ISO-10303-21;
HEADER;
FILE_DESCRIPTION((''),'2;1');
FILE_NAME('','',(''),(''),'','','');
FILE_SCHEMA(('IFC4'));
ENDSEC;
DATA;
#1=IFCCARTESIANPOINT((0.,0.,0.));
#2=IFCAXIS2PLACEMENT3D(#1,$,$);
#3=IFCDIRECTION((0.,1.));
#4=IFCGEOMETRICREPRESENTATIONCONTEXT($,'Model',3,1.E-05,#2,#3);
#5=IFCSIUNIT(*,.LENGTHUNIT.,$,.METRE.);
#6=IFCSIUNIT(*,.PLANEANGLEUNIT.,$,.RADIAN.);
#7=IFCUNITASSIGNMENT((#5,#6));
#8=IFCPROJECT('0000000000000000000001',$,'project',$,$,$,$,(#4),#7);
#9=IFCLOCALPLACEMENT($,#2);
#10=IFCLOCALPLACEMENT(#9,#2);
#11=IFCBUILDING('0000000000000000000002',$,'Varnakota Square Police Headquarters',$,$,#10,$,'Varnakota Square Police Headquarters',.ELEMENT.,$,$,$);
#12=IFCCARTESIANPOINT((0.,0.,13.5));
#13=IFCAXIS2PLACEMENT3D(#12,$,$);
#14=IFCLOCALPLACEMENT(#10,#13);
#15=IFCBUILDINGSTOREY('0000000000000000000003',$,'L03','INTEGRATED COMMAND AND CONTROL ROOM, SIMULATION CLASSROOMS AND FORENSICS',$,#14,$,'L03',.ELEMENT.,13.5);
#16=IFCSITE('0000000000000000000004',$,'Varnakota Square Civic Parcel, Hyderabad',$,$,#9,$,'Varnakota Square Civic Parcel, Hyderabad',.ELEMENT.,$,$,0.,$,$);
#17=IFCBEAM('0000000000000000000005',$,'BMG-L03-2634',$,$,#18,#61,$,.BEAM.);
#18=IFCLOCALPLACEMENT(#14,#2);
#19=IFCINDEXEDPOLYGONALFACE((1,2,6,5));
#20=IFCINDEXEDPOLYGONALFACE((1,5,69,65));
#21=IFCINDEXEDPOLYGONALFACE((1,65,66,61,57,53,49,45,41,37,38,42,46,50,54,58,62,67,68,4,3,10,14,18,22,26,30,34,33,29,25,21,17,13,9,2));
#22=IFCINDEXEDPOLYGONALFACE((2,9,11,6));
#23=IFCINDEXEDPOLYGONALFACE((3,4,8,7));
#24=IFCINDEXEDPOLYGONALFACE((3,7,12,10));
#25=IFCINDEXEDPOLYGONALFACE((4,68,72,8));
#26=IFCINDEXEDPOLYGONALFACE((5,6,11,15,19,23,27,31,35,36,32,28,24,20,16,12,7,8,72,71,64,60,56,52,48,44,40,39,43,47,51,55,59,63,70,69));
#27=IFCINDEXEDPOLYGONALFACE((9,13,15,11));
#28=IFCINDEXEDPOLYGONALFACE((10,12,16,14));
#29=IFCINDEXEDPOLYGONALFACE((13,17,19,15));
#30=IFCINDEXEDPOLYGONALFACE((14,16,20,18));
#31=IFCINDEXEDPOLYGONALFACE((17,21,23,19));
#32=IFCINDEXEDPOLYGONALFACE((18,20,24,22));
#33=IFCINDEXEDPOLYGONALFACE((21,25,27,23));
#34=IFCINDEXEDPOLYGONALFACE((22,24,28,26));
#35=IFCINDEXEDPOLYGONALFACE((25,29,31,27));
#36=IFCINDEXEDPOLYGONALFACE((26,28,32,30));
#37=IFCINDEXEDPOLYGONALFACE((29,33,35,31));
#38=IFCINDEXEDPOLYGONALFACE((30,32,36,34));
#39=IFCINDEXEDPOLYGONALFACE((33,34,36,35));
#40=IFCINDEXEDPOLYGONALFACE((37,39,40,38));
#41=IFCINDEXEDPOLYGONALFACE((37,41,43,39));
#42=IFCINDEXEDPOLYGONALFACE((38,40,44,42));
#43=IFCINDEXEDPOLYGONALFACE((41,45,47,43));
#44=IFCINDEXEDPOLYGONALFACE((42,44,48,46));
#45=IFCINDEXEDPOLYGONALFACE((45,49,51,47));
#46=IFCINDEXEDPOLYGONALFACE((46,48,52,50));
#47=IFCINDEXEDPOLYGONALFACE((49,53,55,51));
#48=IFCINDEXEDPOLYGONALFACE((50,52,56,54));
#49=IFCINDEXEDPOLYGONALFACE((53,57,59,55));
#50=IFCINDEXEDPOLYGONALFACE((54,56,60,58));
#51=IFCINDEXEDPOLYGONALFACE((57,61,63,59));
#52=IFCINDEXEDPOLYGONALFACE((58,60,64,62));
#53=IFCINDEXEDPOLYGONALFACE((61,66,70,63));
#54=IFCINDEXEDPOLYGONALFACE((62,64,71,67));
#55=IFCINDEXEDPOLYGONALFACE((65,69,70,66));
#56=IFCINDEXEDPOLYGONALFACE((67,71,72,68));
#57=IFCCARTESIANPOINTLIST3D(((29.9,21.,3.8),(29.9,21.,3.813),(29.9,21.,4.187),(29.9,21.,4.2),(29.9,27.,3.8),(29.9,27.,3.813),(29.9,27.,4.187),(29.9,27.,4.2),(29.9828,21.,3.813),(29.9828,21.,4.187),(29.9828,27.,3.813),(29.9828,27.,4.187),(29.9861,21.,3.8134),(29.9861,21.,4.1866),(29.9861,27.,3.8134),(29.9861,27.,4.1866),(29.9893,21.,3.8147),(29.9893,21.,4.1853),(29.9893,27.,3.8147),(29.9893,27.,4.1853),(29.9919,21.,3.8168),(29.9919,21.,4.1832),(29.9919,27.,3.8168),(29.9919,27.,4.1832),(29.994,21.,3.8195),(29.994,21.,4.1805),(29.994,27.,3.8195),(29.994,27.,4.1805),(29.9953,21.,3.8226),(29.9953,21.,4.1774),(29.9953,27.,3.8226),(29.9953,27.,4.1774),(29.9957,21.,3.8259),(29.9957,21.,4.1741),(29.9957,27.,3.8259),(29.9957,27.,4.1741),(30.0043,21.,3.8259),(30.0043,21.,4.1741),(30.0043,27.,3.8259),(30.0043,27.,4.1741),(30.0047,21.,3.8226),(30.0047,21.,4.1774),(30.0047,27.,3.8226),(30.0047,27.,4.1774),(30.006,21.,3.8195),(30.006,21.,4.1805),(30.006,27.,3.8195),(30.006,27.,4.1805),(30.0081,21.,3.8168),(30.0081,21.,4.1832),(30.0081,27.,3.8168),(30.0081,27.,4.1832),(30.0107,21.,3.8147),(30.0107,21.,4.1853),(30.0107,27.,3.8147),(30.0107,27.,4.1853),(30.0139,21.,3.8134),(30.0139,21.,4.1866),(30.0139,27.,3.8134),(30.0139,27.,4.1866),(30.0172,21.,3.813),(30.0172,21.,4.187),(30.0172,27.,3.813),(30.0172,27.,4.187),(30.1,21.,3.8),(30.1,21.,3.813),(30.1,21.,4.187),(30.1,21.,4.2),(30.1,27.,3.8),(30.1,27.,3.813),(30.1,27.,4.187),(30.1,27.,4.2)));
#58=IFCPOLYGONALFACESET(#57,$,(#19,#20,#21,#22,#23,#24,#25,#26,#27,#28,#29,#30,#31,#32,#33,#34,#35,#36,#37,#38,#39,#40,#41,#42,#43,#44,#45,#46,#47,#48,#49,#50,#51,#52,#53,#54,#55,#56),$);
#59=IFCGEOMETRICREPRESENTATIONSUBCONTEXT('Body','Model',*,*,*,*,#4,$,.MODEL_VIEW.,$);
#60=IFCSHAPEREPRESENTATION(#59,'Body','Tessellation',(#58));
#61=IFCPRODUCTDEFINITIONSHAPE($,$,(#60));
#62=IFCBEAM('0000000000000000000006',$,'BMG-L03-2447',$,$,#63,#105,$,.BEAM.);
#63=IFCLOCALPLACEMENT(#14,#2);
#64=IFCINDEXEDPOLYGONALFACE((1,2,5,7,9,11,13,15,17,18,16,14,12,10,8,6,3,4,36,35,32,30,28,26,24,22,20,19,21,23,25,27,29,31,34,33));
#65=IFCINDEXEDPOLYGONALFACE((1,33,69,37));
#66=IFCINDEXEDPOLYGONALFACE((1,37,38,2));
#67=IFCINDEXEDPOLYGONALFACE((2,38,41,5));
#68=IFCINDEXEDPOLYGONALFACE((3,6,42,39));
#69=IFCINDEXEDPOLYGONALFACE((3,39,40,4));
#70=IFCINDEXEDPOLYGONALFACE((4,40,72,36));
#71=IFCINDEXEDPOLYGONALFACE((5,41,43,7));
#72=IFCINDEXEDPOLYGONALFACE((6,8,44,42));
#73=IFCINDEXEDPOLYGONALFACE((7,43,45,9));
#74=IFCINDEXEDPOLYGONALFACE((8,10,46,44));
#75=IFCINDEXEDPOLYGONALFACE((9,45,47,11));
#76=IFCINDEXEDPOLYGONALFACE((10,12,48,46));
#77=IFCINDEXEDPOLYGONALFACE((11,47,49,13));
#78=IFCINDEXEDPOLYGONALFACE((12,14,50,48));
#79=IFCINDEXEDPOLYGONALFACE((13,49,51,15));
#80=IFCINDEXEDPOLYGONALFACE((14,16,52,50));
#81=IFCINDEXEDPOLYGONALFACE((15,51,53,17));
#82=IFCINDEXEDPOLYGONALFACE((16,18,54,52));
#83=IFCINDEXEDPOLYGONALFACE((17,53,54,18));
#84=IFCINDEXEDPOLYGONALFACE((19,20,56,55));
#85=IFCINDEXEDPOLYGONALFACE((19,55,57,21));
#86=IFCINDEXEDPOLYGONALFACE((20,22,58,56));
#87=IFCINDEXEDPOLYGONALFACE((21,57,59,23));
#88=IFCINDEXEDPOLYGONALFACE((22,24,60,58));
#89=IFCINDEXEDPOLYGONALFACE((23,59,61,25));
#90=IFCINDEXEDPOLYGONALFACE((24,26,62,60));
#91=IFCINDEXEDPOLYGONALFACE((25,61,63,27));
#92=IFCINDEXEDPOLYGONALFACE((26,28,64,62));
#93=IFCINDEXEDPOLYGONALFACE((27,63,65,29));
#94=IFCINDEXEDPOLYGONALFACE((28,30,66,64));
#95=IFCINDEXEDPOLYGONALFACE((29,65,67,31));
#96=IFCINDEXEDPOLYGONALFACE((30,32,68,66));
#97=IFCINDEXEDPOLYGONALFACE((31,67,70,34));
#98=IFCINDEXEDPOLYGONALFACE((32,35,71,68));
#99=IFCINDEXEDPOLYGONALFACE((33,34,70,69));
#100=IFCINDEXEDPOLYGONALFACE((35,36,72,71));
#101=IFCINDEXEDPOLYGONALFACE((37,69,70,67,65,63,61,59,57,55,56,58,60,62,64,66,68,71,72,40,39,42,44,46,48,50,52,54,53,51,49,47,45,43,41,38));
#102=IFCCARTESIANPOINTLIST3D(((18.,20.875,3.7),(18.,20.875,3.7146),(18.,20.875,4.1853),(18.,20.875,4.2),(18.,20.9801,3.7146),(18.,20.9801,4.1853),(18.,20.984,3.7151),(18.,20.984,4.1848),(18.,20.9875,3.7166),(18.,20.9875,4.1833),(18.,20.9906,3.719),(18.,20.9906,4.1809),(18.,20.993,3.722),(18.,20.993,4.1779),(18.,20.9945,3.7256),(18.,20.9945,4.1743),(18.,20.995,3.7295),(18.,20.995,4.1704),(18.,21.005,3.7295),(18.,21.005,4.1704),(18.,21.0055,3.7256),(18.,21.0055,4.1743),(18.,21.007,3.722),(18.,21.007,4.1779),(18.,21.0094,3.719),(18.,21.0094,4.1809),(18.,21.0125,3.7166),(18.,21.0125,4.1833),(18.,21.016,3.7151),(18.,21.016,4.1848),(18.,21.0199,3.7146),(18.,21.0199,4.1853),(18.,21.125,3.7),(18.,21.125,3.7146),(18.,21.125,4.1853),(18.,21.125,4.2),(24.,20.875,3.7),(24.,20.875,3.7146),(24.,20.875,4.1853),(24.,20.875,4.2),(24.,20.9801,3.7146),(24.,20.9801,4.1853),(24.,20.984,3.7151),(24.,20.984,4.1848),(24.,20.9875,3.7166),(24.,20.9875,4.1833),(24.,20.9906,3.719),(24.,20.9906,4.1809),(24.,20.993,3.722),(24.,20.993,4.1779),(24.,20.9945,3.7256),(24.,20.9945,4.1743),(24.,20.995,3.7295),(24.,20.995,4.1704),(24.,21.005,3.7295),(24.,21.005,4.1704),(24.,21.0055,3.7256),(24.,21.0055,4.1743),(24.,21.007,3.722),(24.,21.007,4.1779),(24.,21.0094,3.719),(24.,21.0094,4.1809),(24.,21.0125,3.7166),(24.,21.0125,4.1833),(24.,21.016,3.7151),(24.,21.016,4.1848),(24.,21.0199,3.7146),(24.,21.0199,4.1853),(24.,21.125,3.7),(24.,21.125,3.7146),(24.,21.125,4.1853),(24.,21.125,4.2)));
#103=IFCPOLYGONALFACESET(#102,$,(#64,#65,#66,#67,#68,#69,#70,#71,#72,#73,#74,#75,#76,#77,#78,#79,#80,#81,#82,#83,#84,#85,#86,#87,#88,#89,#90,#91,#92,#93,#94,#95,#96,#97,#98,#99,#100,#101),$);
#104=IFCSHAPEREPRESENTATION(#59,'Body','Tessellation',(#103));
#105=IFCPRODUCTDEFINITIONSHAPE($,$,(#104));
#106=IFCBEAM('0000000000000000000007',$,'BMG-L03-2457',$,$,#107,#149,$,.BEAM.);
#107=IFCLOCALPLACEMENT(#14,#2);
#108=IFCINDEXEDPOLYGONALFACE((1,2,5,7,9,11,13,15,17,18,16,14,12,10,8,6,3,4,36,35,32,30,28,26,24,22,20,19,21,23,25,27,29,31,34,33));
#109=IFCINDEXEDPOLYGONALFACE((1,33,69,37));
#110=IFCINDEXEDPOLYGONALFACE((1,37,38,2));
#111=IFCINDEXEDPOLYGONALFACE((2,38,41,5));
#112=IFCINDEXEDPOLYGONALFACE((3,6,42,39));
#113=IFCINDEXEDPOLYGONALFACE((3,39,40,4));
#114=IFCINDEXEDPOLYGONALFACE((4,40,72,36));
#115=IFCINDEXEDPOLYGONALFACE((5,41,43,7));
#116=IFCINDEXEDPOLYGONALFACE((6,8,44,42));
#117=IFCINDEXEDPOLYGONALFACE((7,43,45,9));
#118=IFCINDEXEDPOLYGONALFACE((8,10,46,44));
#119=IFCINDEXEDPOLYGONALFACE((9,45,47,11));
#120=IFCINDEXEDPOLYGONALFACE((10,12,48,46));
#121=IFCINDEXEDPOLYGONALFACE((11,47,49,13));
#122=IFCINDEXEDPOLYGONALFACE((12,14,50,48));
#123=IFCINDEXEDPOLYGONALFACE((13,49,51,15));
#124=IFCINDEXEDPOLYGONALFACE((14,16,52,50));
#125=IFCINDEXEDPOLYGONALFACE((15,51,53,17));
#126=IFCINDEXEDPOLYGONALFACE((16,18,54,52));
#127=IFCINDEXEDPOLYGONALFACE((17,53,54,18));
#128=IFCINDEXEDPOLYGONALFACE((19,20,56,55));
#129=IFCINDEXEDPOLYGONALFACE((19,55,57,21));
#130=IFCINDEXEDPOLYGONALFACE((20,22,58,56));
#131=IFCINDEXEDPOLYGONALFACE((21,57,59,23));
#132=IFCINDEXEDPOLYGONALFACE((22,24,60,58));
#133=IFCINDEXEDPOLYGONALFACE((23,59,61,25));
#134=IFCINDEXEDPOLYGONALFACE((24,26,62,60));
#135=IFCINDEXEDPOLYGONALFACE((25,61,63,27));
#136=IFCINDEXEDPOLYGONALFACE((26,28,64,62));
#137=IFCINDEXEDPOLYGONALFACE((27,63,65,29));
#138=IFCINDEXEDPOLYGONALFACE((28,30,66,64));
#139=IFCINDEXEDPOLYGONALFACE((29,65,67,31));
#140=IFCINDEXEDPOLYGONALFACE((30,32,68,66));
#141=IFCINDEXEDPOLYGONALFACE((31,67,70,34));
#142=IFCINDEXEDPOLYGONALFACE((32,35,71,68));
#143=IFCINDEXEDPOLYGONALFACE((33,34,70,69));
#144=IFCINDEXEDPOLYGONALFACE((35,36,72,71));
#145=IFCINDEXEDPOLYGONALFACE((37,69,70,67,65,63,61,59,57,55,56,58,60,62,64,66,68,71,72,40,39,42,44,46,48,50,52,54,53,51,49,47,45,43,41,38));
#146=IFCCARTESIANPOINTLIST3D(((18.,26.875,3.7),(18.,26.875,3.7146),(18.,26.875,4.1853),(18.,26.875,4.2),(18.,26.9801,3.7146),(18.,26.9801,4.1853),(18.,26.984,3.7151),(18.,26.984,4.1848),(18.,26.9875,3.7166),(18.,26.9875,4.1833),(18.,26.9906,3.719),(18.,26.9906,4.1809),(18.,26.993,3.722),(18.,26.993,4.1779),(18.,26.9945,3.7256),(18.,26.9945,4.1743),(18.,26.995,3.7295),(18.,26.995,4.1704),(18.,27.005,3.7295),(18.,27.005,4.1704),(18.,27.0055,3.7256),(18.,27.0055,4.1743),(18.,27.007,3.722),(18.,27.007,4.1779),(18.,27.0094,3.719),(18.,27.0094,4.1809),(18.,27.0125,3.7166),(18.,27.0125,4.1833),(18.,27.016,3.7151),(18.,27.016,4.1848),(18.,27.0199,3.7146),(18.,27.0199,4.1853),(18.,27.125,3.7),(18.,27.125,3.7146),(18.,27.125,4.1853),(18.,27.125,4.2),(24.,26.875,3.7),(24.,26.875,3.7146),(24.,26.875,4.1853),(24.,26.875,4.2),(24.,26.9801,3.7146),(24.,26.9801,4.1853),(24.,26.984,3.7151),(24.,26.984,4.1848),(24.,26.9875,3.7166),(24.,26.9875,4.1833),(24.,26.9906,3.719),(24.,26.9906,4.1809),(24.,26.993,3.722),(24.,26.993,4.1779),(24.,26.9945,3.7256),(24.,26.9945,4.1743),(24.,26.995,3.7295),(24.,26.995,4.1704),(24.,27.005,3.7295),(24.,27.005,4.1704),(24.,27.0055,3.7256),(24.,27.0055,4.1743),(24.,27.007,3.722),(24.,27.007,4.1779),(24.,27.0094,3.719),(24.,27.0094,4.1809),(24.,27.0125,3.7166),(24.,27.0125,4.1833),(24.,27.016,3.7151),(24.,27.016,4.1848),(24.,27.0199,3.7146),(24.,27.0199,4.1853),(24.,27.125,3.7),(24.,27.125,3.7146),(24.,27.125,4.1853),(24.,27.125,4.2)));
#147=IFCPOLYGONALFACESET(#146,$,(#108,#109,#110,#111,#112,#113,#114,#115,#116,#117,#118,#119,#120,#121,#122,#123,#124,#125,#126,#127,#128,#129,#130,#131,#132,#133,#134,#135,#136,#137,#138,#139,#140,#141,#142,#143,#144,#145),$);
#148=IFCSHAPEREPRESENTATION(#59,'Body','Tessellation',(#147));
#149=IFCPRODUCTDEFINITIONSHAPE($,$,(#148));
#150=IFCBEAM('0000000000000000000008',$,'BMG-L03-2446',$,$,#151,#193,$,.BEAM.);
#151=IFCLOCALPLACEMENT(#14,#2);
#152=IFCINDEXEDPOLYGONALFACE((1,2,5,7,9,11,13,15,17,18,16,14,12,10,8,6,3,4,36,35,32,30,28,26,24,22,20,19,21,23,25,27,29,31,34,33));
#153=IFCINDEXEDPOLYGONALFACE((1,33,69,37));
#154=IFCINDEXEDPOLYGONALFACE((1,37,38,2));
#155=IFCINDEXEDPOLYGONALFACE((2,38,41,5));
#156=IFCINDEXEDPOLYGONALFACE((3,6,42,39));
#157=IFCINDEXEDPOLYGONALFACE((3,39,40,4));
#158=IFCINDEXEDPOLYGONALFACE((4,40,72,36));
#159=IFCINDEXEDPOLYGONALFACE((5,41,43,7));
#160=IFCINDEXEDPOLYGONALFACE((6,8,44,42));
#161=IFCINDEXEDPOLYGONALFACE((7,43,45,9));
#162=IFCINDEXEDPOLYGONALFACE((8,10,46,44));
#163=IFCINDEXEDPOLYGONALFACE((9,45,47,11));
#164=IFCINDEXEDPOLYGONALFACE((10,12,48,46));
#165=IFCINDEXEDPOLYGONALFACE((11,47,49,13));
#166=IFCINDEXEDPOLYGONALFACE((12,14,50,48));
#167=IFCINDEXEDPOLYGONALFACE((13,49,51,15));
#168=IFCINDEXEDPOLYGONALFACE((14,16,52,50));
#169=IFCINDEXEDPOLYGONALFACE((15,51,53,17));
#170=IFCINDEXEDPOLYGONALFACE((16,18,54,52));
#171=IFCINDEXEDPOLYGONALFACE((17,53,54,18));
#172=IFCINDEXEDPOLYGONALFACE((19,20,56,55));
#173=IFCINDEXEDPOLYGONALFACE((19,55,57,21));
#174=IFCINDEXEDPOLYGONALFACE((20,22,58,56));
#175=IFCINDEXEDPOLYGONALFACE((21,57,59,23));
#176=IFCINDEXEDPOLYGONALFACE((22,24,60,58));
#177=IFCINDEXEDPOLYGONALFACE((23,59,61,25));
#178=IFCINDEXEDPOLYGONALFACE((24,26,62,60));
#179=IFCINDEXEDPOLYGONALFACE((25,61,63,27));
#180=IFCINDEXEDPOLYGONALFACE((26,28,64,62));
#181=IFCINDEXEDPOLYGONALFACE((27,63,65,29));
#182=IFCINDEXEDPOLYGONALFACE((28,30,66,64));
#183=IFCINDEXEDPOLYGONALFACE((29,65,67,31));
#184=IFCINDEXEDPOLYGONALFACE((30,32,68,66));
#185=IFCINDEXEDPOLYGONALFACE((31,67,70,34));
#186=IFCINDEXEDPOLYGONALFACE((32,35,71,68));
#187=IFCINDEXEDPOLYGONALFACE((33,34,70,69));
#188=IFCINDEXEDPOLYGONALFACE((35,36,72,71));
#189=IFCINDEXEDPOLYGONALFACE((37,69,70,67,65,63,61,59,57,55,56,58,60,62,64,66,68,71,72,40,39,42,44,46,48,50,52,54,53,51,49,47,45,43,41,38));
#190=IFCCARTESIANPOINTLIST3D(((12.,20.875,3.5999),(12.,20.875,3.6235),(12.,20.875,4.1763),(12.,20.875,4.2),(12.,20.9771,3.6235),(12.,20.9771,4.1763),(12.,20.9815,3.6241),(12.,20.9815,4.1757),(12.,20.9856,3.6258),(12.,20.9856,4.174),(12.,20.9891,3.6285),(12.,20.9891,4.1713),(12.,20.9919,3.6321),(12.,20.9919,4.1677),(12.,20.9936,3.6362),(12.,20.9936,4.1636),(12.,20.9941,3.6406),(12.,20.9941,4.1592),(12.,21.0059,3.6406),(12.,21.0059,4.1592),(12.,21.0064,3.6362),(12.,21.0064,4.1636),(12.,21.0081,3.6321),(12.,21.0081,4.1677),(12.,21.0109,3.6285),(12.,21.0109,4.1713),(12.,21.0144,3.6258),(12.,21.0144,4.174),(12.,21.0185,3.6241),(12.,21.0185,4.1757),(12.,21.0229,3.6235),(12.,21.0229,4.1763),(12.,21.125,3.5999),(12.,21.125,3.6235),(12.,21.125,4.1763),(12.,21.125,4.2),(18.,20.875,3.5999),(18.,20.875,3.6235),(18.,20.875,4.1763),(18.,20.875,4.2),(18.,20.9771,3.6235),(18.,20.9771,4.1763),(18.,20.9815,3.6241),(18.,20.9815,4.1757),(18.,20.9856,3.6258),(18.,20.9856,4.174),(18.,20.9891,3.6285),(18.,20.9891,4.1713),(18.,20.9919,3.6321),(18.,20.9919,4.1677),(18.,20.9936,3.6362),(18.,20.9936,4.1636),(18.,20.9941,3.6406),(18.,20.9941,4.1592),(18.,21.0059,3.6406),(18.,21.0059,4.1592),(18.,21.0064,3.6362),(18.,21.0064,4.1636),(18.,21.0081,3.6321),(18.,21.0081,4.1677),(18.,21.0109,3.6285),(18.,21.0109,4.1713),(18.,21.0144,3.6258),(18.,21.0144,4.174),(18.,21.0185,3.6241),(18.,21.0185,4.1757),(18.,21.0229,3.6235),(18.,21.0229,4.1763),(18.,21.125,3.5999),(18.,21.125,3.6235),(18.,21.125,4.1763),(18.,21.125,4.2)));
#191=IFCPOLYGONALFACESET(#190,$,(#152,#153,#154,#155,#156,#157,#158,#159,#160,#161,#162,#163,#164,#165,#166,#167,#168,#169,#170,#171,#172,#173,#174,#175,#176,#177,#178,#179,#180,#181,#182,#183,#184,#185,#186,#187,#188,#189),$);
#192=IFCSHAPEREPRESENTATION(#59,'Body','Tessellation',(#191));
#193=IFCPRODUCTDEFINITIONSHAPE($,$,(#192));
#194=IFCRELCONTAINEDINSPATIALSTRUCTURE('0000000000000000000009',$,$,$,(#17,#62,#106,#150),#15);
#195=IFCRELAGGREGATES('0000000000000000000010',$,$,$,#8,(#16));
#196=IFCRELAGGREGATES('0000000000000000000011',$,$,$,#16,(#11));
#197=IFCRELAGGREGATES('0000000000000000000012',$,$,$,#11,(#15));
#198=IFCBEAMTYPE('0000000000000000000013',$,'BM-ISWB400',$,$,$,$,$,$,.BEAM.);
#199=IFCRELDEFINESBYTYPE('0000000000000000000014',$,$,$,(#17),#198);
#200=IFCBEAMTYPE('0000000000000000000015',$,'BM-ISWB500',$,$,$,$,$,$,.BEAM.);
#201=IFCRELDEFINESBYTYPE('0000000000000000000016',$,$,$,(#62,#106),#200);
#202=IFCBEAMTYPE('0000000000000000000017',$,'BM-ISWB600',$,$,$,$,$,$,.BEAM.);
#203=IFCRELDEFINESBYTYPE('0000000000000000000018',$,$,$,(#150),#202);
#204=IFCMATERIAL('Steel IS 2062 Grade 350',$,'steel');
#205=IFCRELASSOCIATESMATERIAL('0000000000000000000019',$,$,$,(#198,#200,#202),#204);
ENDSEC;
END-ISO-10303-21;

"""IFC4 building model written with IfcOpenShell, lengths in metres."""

from ifc_helpers import new_model, si_unit, direction, frame, origin, origin_2d, place, context, subcontext, project, spatial, i_section, extrude, material, material_profile, profile_set, type_object, element, save


model = new_model("IFC4")

# Units and contexts
model_context = context("Model", 3, precision=1e-05, world=origin(), true_north=direction((0.0, 1.0)))
body_context = subcontext(model_context, "Body", "Model", "MODEL_VIEW")
ifc_project = project(units=[si_unit("LENGTHUNIT", "METRE"), si_unit("PLANEANGLEUNIT", "RADIAN")], contexts=[model_context])

# Site, building, storey
site_placement = place(None, origin())
site = spatial("IfcSite", under=ifc_project, at=site_placement, Name="Varnakota Square Civic Parcel, Hyderabad", LongName="Varnakota Square Civic Parcel, Hyderabad", CompositionType="ELEMENT", RefElevation=0.0)
building_placement = place(site_placement, origin())
building = spatial("IfcBuilding", under=site, at=building_placement, Name="Varnakota Square Police Headquarters", LongName="Varnakota Square Police Headquarters", CompositionType="ELEMENT")
storey_placement = place(building_placement, frame((0.0, 0.0, 13.5)))
storey = spatial("IfcBuildingStorey", under=building, at=storey_placement, Name="L03", Description="INTEGRATED COMMAND AND CONTROL ROOM, SIMULATION CLASSROOMS AND FORENSICS", LongName="L03", CompositionType="ELEMENT", Elevation=13.5)

# Shared definitions
ifc_material_1 = material(Name="Steel IS 2062 Grade 350", Category="steel")

# Beams
ifc_material_profile_1 = material_profile(ifc_material_1, i_section(OverallWidth=0.2, OverallDepth=0.3999, WebThickness=0.0085, FlangeThickness=0.0129, FilletRadius=0.0129, at=origin_2d()), Name="ISWB 400")
ifc_profile_set_1 = profile_set([ifc_material_profile_1], Name="Steel IS 2062 Grade 350")
beam_type_1 = type_object("IfcBeamType", Name="BM-ISWB400", PredefinedType="BEAM", material=ifc_profile_set_1)
for number, where, z_axis, x_axis, name in (
    (1, (30.0, 21.0, 4.0), (0.0, 1.0, 0.0), (-1.0, 0.0, 0.0), "BMG-L03-2634"),
):
    element("IfcBeam", number, at=place(storey_placement, frame(where, z_axis=z_axis, x_axis=x_axis)), inside=storey, type_object=beam_type_1, Name=name, PredefinedType="BEAM", context=body_context, shape_type="SweptSolid", body=[
        extrude(i_section(OverallWidth=0.2, OverallDepth=0.3999, WebThickness=0.0085, FlangeThickness=0.0129, FilletRadius=0.0129, at=origin_2d()), origin(), (0.0, 0.0, 1.0), 6.0),
    ])
ifc_material_profile_2 = material_profile(ifc_material_1, i_section(OverallWidth=0.25, OverallDepth=0.5, WebThickness=0.01, FlangeThickness=0.0146, FilletRadius=0.0149, at=origin_2d()), Name="ISWB 500")
ifc_profile_set_2 = profile_set([ifc_material_profile_2], Name="Steel IS 2062 Grade 350")
beam_type_2 = type_object("IfcBeamType", Name="BM-ISWB500", PredefinedType="BEAM", material=ifc_profile_set_2)
for number, where, z_axis, x_axis, name in (
    (2, (18.0, 21.0, 3.95), (1.0, 0.0, 0.0), (0.0, 1.0, 0.0), "BMG-L03-2447"),
    (3, (18.0, 27.0, 3.95), (1.0, 0.0, 0.0), (0.0, 1.0, 0.0), "BMG-L03-2457"),
):
    element("IfcBeam", number, at=place(storey_placement, frame(where, z_axis=z_axis, x_axis=x_axis)), inside=storey, type_object=beam_type_2, Name=name, PredefinedType="BEAM", context=body_context, shape_type="SweptSolid", body=[
        extrude(i_section(OverallWidth=0.25, OverallDepth=0.5, WebThickness=0.01, FlangeThickness=0.0146, FilletRadius=0.0149, at=origin_2d()), origin(), (0.0, 0.0, 1.0), 6.0),
    ])
ifc_material_profile_3 = material_profile(ifc_material_1, i_section(OverallWidth=0.25, OverallDepth=0.6001, WebThickness=0.0117, FlangeThickness=0.0237, FilletRadius=0.0171, at=origin_2d()), Name="ISWB 600")
ifc_profile_set_3 = profile_set([ifc_material_profile_3], Name="Steel IS 2062 Grade 350")
beam_type_3 = type_object("IfcBeamType", Name="BM-ISWB600", PredefinedType="BEAM", material=ifc_profile_set_3)
for number, where, z_axis, x_axis, name in (
    (4, (12.0, 21.0, 3.8999), (1.0, 0.0, 0.0), (0.0, 1.0, 0.0), "BMG-L03-2446"),
):
    element("IfcBeam", number, at=place(storey_placement, frame(where, z_axis=z_axis, x_axis=x_axis)), inside=storey, type_object=beam_type_3, Name=name, PredefinedType="BEAM", context=body_context, shape_type="SweptSolid", body=[
        extrude(i_section(OverallWidth=0.25, OverallDepth=0.6001, WebThickness=0.0117, FlangeThickness=0.0237, FilletRadius=0.0171, at=origin_2d()), origin(), (0.0, 0.0, 1.0), 6.0),
    ])

save(model, "model.ifc")
